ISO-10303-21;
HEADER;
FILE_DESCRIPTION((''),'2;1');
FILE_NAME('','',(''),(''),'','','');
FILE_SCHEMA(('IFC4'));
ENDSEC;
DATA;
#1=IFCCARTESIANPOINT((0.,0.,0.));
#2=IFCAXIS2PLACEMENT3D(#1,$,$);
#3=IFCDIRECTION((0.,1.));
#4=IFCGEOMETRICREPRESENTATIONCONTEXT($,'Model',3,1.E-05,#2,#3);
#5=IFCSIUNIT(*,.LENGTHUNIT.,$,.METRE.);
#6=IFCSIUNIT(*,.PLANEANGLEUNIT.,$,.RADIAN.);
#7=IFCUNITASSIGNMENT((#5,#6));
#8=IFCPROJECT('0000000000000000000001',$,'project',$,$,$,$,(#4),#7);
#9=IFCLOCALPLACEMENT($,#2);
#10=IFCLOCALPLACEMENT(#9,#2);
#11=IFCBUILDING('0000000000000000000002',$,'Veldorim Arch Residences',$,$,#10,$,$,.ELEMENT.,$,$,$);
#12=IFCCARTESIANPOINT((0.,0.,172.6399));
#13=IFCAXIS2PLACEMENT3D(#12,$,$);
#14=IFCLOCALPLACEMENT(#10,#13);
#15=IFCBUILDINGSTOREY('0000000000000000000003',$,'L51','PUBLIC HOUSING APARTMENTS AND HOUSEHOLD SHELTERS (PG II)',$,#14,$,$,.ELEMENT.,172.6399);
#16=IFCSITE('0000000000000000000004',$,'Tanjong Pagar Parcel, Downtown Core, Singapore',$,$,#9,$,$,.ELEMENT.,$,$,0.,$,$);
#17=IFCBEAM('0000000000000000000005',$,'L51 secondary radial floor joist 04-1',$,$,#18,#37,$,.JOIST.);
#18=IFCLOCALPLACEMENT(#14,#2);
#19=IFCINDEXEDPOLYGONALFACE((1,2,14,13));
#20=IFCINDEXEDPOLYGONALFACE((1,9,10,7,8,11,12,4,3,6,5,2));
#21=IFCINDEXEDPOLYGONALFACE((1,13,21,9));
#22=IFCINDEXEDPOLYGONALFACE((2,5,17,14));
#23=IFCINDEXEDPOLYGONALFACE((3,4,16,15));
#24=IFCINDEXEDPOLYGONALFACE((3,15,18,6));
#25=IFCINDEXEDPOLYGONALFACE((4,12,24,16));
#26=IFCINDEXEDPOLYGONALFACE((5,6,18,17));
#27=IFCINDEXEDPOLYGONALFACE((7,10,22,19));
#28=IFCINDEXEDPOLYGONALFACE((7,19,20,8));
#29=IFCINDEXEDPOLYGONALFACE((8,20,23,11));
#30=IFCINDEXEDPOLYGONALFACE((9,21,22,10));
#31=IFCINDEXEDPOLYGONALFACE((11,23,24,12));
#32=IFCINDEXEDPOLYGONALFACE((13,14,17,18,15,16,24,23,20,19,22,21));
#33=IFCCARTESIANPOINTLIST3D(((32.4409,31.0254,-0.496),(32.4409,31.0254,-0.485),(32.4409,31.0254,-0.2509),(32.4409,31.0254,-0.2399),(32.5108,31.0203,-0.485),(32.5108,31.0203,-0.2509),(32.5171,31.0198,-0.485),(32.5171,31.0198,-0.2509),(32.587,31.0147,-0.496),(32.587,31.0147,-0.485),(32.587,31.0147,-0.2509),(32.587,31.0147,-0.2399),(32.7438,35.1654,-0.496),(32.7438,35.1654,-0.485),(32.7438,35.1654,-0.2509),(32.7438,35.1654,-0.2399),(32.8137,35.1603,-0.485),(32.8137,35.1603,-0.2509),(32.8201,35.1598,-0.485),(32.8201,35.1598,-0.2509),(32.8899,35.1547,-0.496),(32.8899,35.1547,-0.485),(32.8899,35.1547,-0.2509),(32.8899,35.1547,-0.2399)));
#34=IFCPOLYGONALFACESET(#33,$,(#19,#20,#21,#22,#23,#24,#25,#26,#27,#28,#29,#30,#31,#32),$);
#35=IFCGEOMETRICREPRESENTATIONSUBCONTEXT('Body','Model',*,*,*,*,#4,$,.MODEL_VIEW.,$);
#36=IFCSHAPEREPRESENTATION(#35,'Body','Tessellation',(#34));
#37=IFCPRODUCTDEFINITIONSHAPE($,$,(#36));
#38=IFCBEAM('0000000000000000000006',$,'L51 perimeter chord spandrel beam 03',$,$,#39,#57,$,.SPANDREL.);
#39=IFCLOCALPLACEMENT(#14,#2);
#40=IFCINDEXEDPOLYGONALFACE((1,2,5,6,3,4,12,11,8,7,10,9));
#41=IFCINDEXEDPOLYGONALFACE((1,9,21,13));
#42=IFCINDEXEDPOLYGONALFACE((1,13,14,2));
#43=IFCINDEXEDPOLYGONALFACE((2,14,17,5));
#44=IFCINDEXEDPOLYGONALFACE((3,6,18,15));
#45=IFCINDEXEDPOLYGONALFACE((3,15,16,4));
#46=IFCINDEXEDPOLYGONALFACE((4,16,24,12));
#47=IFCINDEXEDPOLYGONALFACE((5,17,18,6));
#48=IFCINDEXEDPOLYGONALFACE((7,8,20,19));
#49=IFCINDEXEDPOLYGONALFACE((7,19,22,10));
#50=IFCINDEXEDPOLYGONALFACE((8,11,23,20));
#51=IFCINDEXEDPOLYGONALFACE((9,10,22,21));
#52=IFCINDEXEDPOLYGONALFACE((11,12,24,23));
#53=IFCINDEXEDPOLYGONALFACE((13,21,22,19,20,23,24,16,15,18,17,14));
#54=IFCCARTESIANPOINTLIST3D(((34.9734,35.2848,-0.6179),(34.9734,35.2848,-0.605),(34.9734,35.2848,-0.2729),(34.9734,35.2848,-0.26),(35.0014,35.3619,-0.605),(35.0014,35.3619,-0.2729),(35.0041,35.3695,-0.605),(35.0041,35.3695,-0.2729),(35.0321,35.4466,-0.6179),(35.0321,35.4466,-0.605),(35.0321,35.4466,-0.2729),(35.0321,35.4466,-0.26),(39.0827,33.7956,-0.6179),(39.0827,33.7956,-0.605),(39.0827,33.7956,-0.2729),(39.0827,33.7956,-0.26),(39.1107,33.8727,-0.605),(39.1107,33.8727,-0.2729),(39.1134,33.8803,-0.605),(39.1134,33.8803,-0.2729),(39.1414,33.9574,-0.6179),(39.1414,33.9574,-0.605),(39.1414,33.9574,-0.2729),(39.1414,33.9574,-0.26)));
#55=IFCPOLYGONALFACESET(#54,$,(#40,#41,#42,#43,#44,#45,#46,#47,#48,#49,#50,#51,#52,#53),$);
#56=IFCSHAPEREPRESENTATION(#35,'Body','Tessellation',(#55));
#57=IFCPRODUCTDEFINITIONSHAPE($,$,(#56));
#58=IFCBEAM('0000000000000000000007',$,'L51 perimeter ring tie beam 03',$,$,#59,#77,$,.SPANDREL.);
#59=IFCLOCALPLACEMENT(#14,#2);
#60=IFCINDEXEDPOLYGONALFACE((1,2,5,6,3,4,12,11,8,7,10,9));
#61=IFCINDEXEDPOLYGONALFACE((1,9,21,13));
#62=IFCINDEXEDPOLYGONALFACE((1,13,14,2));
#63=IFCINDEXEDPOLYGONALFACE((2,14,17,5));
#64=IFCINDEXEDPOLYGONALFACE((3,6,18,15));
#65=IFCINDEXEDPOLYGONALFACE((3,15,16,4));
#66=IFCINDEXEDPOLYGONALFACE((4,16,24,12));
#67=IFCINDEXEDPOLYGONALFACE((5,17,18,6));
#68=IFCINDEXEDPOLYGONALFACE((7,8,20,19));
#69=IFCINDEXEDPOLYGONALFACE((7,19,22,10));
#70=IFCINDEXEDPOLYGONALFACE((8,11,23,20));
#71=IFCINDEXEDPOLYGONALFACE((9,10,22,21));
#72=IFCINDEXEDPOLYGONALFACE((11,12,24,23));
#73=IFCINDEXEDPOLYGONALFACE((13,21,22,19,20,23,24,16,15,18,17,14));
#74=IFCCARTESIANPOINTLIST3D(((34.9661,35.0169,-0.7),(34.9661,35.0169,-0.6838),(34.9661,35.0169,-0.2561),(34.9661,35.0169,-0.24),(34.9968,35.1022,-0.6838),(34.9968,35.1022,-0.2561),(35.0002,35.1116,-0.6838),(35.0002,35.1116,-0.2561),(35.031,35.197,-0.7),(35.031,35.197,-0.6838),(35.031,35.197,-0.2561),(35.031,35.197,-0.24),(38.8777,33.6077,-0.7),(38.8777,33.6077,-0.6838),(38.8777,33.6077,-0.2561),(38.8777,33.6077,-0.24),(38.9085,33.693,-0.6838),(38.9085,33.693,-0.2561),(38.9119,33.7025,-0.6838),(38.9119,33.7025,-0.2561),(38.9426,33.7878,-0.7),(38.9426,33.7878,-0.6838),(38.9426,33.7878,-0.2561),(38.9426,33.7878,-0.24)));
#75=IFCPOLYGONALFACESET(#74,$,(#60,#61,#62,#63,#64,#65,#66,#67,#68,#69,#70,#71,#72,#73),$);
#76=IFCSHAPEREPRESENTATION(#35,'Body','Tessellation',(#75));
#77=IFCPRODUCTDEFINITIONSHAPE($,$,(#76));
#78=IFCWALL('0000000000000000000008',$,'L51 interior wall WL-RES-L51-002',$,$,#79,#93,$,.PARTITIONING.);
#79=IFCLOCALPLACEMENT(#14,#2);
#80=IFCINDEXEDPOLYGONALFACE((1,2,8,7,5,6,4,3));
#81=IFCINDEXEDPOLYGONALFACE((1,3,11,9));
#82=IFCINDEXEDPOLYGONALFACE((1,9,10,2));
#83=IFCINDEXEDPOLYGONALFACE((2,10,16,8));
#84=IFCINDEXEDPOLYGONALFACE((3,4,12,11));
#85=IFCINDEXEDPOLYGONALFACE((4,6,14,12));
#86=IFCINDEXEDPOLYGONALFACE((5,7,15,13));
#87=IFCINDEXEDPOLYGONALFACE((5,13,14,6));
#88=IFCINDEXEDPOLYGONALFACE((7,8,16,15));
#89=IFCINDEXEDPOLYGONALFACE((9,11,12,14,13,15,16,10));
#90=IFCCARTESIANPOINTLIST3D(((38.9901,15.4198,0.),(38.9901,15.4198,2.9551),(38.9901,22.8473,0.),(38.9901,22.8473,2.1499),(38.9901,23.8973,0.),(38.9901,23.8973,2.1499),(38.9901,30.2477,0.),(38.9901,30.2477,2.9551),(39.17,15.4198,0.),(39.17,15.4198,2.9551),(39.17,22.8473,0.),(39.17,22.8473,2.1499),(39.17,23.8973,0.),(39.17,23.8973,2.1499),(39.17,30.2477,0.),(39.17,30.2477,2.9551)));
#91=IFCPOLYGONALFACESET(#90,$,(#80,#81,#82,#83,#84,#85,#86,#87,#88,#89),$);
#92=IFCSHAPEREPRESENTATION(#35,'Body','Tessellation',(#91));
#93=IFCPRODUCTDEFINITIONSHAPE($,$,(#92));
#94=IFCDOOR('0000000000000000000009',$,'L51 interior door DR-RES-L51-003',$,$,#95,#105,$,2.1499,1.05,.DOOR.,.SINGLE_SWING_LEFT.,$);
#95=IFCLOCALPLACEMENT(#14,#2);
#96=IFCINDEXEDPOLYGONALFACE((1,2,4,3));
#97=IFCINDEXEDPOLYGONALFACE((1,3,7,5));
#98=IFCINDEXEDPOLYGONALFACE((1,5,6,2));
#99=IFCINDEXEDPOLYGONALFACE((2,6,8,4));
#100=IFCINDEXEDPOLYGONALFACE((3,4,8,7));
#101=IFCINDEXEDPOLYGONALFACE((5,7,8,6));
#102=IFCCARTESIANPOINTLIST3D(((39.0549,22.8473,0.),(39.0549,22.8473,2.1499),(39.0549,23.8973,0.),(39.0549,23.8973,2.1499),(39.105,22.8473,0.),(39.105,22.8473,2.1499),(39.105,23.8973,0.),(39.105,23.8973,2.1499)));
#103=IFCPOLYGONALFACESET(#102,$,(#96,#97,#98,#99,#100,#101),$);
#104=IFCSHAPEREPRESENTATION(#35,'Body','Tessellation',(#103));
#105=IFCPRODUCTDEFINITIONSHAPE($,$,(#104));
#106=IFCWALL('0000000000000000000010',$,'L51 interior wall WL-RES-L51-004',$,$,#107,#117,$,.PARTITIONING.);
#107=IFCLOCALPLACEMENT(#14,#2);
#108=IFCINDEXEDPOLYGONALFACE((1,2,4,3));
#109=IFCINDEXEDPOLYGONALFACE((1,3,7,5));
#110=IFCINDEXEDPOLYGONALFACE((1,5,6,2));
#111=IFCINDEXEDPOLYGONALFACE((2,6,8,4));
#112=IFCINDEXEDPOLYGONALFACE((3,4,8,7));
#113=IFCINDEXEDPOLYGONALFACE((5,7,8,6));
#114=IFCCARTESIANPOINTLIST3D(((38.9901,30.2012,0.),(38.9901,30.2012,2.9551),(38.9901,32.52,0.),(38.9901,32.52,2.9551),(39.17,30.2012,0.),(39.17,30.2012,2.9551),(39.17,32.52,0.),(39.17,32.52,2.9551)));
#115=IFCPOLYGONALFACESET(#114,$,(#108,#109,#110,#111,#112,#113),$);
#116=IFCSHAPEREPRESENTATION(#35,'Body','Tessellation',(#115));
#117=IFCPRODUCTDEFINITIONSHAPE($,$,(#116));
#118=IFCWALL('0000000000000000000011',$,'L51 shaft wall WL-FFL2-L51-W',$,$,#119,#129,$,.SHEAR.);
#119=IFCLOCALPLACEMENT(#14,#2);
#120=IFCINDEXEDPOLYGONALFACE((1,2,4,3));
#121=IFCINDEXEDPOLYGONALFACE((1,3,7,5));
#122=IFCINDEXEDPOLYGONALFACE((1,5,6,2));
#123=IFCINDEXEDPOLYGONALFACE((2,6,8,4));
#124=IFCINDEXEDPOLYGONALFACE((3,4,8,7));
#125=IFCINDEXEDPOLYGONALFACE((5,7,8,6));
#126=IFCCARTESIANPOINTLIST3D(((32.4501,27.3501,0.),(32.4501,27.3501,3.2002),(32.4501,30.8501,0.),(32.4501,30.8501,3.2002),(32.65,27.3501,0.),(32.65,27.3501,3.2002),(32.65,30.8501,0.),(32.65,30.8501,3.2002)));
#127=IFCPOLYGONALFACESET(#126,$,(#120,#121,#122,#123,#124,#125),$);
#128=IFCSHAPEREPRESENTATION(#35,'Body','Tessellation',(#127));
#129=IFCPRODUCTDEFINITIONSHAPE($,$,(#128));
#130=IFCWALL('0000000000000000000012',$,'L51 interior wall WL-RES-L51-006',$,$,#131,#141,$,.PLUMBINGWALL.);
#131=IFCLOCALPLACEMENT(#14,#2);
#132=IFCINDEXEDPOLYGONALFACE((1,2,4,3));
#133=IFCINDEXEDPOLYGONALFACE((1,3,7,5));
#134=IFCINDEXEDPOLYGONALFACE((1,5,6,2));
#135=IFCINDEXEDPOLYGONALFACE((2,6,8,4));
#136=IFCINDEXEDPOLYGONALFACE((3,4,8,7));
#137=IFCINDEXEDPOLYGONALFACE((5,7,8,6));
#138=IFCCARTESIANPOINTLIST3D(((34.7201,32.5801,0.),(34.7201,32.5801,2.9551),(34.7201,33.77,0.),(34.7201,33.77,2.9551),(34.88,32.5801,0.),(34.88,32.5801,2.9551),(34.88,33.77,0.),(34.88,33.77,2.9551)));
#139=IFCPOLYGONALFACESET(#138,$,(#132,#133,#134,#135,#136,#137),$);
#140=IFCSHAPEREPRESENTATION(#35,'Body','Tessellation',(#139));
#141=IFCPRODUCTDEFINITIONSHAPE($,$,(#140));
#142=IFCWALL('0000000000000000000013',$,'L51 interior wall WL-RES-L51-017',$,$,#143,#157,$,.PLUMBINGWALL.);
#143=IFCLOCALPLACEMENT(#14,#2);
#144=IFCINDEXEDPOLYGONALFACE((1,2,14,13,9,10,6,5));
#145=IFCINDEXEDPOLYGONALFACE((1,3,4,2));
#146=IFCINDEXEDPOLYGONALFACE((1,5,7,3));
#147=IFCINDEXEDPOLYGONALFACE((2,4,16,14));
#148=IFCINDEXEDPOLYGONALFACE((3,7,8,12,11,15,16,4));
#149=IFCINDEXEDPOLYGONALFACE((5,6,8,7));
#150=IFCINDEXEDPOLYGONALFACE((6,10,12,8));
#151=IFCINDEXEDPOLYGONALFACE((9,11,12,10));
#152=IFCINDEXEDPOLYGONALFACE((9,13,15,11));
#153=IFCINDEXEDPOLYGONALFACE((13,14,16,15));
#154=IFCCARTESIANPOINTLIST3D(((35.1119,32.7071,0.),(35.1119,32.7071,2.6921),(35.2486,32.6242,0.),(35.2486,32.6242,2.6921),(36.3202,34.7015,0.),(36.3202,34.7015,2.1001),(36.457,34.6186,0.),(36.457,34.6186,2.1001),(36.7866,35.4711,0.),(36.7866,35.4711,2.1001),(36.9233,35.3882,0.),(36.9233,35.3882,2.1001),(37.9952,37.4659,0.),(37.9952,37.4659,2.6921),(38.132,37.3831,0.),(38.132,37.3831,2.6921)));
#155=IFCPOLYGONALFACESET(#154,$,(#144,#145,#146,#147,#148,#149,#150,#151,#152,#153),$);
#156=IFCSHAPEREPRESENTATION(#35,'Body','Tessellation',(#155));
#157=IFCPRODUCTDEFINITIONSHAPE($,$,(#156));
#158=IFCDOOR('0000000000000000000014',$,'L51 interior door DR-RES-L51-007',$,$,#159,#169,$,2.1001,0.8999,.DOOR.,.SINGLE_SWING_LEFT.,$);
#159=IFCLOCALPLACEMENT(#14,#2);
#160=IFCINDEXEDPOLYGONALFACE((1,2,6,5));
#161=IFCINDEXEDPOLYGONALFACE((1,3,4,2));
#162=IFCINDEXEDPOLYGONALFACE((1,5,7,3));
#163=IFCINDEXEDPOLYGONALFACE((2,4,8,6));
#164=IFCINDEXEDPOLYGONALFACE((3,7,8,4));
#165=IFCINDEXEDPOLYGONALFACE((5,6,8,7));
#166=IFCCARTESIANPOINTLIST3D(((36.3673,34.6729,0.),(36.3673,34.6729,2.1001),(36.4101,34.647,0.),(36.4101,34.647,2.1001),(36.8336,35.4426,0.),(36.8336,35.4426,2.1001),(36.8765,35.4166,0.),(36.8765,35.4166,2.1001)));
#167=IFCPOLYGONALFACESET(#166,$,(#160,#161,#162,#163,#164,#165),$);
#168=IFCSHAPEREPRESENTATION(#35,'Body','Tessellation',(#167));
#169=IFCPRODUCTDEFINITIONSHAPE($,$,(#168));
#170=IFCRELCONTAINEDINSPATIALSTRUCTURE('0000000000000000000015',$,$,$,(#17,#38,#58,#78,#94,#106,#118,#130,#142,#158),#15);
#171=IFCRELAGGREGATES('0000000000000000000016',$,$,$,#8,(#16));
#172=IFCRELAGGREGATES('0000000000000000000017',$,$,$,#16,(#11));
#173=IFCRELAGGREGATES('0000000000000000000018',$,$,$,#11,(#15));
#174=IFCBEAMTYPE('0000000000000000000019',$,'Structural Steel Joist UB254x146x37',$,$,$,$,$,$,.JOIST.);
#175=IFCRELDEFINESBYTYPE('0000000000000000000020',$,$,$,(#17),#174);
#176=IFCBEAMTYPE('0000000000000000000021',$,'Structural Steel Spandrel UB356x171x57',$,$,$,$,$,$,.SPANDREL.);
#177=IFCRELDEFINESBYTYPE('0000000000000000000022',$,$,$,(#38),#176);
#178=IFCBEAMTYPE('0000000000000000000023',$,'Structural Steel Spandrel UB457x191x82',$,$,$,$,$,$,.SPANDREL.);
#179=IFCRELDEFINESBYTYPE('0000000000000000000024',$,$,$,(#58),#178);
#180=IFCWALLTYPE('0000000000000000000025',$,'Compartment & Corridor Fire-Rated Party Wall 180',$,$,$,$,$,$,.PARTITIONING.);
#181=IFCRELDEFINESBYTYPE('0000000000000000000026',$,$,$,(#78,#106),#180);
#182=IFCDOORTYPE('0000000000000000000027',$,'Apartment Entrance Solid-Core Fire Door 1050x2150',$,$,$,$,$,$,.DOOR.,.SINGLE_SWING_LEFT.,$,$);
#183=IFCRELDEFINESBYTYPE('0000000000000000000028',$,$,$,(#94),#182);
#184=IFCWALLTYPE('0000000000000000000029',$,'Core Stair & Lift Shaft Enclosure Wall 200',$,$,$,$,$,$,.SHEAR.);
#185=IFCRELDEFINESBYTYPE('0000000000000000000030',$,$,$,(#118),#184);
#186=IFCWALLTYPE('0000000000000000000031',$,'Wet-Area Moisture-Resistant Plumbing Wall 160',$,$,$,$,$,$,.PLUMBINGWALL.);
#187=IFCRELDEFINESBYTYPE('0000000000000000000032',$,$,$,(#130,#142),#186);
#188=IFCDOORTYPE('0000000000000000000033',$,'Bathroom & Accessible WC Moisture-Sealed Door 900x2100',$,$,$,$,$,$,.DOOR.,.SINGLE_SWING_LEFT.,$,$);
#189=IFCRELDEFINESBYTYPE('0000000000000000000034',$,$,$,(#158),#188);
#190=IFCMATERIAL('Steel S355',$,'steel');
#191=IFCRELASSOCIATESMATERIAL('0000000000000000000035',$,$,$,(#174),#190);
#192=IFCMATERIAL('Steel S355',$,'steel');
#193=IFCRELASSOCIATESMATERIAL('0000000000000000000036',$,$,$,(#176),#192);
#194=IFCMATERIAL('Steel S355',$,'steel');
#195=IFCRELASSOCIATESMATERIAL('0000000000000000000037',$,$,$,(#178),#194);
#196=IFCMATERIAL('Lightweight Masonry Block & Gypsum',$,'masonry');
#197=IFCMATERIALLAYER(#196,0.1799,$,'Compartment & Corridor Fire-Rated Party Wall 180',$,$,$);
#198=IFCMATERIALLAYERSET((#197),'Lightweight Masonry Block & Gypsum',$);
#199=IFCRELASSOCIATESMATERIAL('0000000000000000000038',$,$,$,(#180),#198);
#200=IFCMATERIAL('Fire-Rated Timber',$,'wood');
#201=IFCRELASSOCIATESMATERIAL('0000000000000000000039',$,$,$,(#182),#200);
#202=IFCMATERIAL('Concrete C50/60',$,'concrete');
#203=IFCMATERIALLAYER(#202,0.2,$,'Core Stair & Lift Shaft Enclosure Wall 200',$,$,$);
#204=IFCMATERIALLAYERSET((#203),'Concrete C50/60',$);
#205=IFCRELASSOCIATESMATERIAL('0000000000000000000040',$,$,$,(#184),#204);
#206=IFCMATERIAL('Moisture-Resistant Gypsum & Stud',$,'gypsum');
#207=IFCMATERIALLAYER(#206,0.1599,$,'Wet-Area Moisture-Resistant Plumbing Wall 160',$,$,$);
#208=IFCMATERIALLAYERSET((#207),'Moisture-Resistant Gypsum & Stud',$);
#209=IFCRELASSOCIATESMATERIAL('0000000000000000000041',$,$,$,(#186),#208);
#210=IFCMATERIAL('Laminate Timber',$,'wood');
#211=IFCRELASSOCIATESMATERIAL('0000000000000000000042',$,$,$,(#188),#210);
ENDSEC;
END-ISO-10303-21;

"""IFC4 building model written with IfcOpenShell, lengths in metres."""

from ifc_helpers import new_model, si_unit, direction, frame, frame_2d, origin, origin_2d, place, context, subcontext, project, spatial, rectangle, i_section, extrude, material, layer, layer_set, material_profile, profile_set, type_object, element, fill, save


model = new_model("IFC4")

# Units and contexts
model_context = context("Model", 3, precision=1e-05, world=origin(), true_north=direction((0.0, 1.0)))
body_context = subcontext(model_context, "Body", "Model", "MODEL_VIEW")
ifc_project = project(units=[si_unit("LENGTHUNIT", "METRE"), si_unit("PLANEANGLEUNIT", "RADIAN")], contexts=[model_context])

# Site, building, storey
site_placement = place(None, origin())
site = spatial("IfcSite", under=ifc_project, at=site_placement, Name="Tanjong Pagar Parcel, Downtown Core, Singapore", CompositionType="ELEMENT", RefElevation=0.0)
building_placement = place(site_placement, origin())
building = spatial("IfcBuilding", under=site, at=building_placement, Name="Veldorim Arch Residences", CompositionType="ELEMENT")
storey_placement = place(building_placement, frame((0.0, 0.0, 172.6399)))
storey = spatial("IfcBuildingStorey", under=building, at=storey_placement, Name="L51", Description="PUBLIC HOUSING APARTMENTS AND HOUSEHOLD SHELTERS (PG II)", CompositionType="ELEMENT", Elevation=172.6399)

# Beams
ifc_material_1 = material(Name="Steel S355", Category="steel")
ifc_material_profile_1 = material_profile(ifc_material_1, i_section(OverallWidth=0.1465, OverallDepth=0.2561, WebThickness=0.0063, FlangeThickness=0.011, at=origin_2d()), Name="UB254x146x37")
ifc_profile_set_1 = profile_set([ifc_material_profile_1], Name="Steel S355")
beam_type_1 = type_object("IfcBeamType", Name="Structural Steel Joist UB254x146x37", PredefinedType="JOIST", material=ifc_profile_set_1)
beam_1_placement = place(storey_placement, frame((32.5139, 31.02, -0.3679), z_axis=(0.072986, 0.997333, 0.0), x_axis=(-0.997333, 0.072986, 0.0)))
element("IfcBeam", 1, at=beam_1_placement, inside=storey, type_object=beam_type_1, Name="L51 secondary radial floor joist 04-1", PredefinedType="JOIST", context=body_context, shape_type="SweptSolid", body=[
    extrude(i_section(OverallWidth=0.1465, OverallDepth=0.2561, WebThickness=0.0063, FlangeThickness=0.011, at=origin_2d()), origin(), (0.0, 0.0, 1.0), 4.1511),
])
ifc_material_2 = material(Name="Steel S355", Category="steel")
ifc_material_profile_2 = material_profile(ifc_material_2, i_section(OverallWidth=0.1721, OverallDepth=0.3579, WebThickness=0.0081, FlangeThickness=0.0129, at=origin_2d()), Name="UB356x171x57")
ifc_profile_set_2 = profile_set([ifc_material_profile_2], Name="Steel S355")
beam_type_2 = type_object("IfcBeamType", Name="Structural Steel Spandrel UB356x171x57", PredefinedType="SPANDREL", material=ifc_profile_set_2)
beam_2_placement = place(storey_placement, frame((39.1121, 33.8765, -0.439), z_axis=(-0.940165, 0.34072, 0.0), x_axis=(-0.34072, -0.940165, 0.0)))
element("IfcBeam", 2, at=beam_2_placement, inside=storey, type_object=beam_type_2, Name="L51 perimeter chord spandrel beam 03", PredefinedType="SPANDREL", context=body_context, shape_type="SweptSolid", body=[
    extrude(i_section(OverallWidth=0.1721, OverallDepth=0.3579, WebThickness=0.0081, FlangeThickness=0.0129, at=origin_2d()), origin(), (0.0, 0.0, 1.0), 4.3708),
])
ifc_material_3 = material(Name="Steel S355", Category="steel")
ifc_material_profile_3 = material_profile(ifc_material_3, i_section(OverallWidth=0.1914, OverallDepth=0.46, WebThickness=0.01, FlangeThickness=0.0161, at=origin_2d()), Name="UB457x191x82")
ifc_profile_set_3 = profile_set([ifc_material_profile_3], Name="Steel S355")
beam_type_3 = type_object("IfcBeamType", Name="Structural Steel Spandrel UB457x191x82", PredefinedType="SPANDREL", material=ifc_profile_set_3)
beam_3_placement = place(storey_placement, frame((38.9102, 33.6978, -0.47), z_axis=(-0.940811, 0.338932, 0.0), x_axis=(-0.338932, -0.940811, 0.0)))
element("IfcBeam", 3, at=beam_3_placement, inside=storey, type_object=beam_type_3, Name="L51 perimeter ring tie beam 03", PredefinedType="SPANDREL", context=body_context, shape_type="SweptSolid", body=[
    extrude(i_section(OverallWidth=0.1914, OverallDepth=0.46, WebThickness=0.01, FlangeThickness=0.0161, at=origin_2d()), origin(), (0.0, 0.0, 1.0), 4.1577),
])

# Wall, opening, door
ifc_material_4 = material(Name="Lightweight Masonry Block & Gypsum", Category="masonry")
ifc_layer_1 = layer(ifc_material_4, 0.1799, Name="Compartment & Corridor Fire-Rated Party Wall 180")
ifc_layer_set_1 = layer_set([ifc_layer_1], Name="Lightweight Masonry Block & Gypsum")
wall_type_1 = type_object("IfcWallType", Name="Compartment & Corridor Fire-Rated Party Wall 180", PredefinedType="PARTITIONING", material=ifc_layer_set_1)
wall_1_placement = place(storey_placement, frame((39.0801, 30.2478, 0.0), z_axis=(0.0, 0.0, 1.0), x_axis=(0.0, -1.0, 0.0)))
wall_1 = element("IfcWall", 4, at=wall_1_placement, inside=storey, type_object=wall_type_1, Name="L51 interior wall WL-RES-L51-002", PredefinedType="PARTITIONING", context=body_context, shape_type="SweptSolid", body=[
    extrude(rectangle(XDim=14.8279, YDim=0.1799, at=frame_2d((7.4141, 0.0))), origin(), (0.0, 0.0, 1.0), 2.9551),
])
opening_1_placement = place(wall_1_placement, frame((6.3506, 0.0, 0.0)))
opening_1 = element("IfcOpeningElement", 5, at=opening_1_placement, cuts=wall_1, PredefinedType="OPENING", context=body_context, shape_type="SweptSolid", body=[
    extrude(rectangle(XDim=1.05, YDim=2.1499, at=frame_2d((0.5249, 1.075))), frame((0.0, 0.0999, 0.0), z_axis=(0.0, -1.0, 0.0), x_axis=(1.0, 0.0, 0.0)), (0.0, 0.0, 1.0), 0.2),
])
ifc_material_5 = material(Name="Fire-Rated Timber", Category="wood")
door_type_1 = type_object("IfcDoorType", Name="Apartment Entrance Solid-Core Fire Door 1050x2150", OperationType="SINGLE_SWING_LEFT", PredefinedType="DOOR", material=ifc_material_5)
door_1_placement = place(opening_1_placement, origin())
door_1 = element("IfcDoor", 6, at=door_1_placement, inside=storey, type_object=door_type_1, Name="L51 interior door DR-RES-L51-003", OperationType="SINGLE_SWING_LEFT", OverallHeight=2.1499, OverallWidth=1.05, PredefinedType="DOOR", context=body_context, shape_type="SweptSolid", body=[
    extrude(rectangle(XDim=1.05, YDim=2.1499, at=frame_2d((0.5249, 1.075))), frame((0.0, 0.0249, 0.0), z_axis=(0.0, -1.0, 0.0), x_axis=(1.0, 0.0, 0.0)), (0.0, 0.0, 1.0), 0.05),
])
fill(opening_1, door_1)

# Wall
wall_2_placement = place(storey_placement, frame((39.0801, 32.52, 0.0), z_axis=(0.0, 0.0, 1.0), x_axis=(0.0, -1.0, 0.0)))
element("IfcWall", 7, at=wall_2_placement, inside=storey, type_object=wall_type_1, Name="L51 interior wall WL-RES-L51-004", PredefinedType="PARTITIONING", context=body_context, shape_type="SweptSolid", body=[
    extrude(rectangle(XDim=2.3188, YDim=0.1799, at=frame_2d((1.1594, 0.0))), origin(), (0.0, 0.0, 1.0), 2.9551),
])

# Shared definitions
ifc_material_6 = material(Name="Concrete C50/60", Category="concrete")
ifc_layer_2 = layer(ifc_material_6, 0.2, Name="Core Stair & Lift Shaft Enclosure Wall 200")
ifc_layer_set_2 = layer_set([ifc_layer_2], Name="Concrete C50/60")
wall_type_2 = type_object("IfcWallType", Name="Core Stair & Lift Shaft Enclosure Wall 200", PredefinedType="SHEAR", material=ifc_layer_set_2)

# Walls
wall_3_placement = place(storey_placement, frame((32.55, 27.3501, 0.0), z_axis=(0.0, 0.0, 1.0), x_axis=(0.0, 1.0, 0.0)))
element("IfcWall", 8, at=wall_3_placement, inside=storey, type_object=wall_type_2, Name="L51 shaft wall WL-FFL2-L51-W", PredefinedType="SHEAR", context=body_context, shape_type="SweptSolid", body=[
    extrude(rectangle(XDim=3.5, YDim=0.2, at=frame_2d((1.75, 0.0))), origin(), (0.0, 0.0, 1.0), 3.2002),
])
ifc_material_7 = material(Name="Moisture-Resistant Gypsum & Stud", Category="gypsum")
ifc_layer_3 = layer(ifc_material_7, 0.1599, Name="Wet-Area Moisture-Resistant Plumbing Wall 160")
ifc_layer_set_3 = layer_set([ifc_layer_3], Name="Moisture-Resistant Gypsum & Stud")
wall_type_3 = type_object("IfcWallType", Name="Wet-Area Moisture-Resistant Plumbing Wall 160", PredefinedType="PLUMBINGWALL", material=ifc_layer_set_3)
wall_4_placement = place(storey_placement, frame((34.8, 33.77, 0.0), z_axis=(0.0, 0.0, 1.0), x_axis=(0.0, -1.0, 0.0)))
element("IfcWall", 9, at=wall_4_placement, inside=storey, type_object=wall_type_3, Name="L51 interior wall WL-RES-L51-006", PredefinedType="PLUMBINGWALL", context=body_context, shape_type="SweptSolid", body=[
    extrude(rectangle(XDim=1.1899, YDim=0.1599, at=frame_2d((0.595, 0.0))), origin(), (0.0, 0.0, 1.0), 2.9551),
])

# Wall, opening, door
wall_5_placement = place(storey_placement, frame((35.1802, 32.6655, 0.0), z_axis=(0.0, 0.0, 1.0), x_axis=(0.518195, 0.855263, 0.0)))
wall_5 = element("IfcWall", 10, at=wall_5_placement, inside=storey, type_object=wall_type_3, Name="L51 interior wall WL-RES-L51-017", PredefinedType="PLUMBINGWALL", context=body_context, shape_type="SweptSolid", body=[
    extrude(rectangle(XDim=5.5642, YDim=0.1599, at=frame_2d((2.7822, 0.0))), origin(), (0.0, 0.0, 1.0), 2.6921),
])
opening_2_placement = place(wall_5_placement, frame((2.332, 0.0, 0.0)))
opening_2 = element("IfcOpeningElement", 11, at=opening_2_placement, cuts=wall_5, PredefinedType="OPENING", context=body_context, shape_type="SweptSolid", body=[
    extrude(rectangle(XDim=0.8999, YDim=2.1001, at=frame_2d((0.45, 1.05))), frame((0.0, 0.0898, 0.0), z_axis=(0.0, -1.0, 0.0), x_axis=(1.0, 0.0, 0.0)), (0.0, 0.0, 1.0), 0.1799),
])
ifc_material_8 = material(Name="Laminate Timber", Category="wood")
door_type_2 = type_object("IfcDoorType", Name="Bathroom & Accessible WC Moisture-Sealed Door 900x2100", OperationType="SINGLE_SWING_LEFT", PredefinedType="DOOR", material=ifc_material_8)
door_2_placement = place(opening_2_placement, origin())
door_2 = element("IfcDoor", 12, at=door_2_placement, inside=storey, type_object=door_type_2, Name="L51 interior door DR-RES-L51-007", OperationType="SINGLE_SWING_LEFT", OverallHeight=2.1001, OverallWidth=0.8999, PredefinedType="DOOR", context=body_context, shape_type="SweptSolid", body=[
    extrude(rectangle(XDim=0.8999, YDim=2.1001, at=frame_2d((0.45, 1.05))), frame((0.0, 0.0249, 0.0), z_axis=(0.0, -1.0, 0.0), x_axis=(1.0, 0.0, 0.0)), (0.0, 0.0, 1.0), 0.05),
])
fill(opening_2, door_2)

save(model, "model.ifc")
